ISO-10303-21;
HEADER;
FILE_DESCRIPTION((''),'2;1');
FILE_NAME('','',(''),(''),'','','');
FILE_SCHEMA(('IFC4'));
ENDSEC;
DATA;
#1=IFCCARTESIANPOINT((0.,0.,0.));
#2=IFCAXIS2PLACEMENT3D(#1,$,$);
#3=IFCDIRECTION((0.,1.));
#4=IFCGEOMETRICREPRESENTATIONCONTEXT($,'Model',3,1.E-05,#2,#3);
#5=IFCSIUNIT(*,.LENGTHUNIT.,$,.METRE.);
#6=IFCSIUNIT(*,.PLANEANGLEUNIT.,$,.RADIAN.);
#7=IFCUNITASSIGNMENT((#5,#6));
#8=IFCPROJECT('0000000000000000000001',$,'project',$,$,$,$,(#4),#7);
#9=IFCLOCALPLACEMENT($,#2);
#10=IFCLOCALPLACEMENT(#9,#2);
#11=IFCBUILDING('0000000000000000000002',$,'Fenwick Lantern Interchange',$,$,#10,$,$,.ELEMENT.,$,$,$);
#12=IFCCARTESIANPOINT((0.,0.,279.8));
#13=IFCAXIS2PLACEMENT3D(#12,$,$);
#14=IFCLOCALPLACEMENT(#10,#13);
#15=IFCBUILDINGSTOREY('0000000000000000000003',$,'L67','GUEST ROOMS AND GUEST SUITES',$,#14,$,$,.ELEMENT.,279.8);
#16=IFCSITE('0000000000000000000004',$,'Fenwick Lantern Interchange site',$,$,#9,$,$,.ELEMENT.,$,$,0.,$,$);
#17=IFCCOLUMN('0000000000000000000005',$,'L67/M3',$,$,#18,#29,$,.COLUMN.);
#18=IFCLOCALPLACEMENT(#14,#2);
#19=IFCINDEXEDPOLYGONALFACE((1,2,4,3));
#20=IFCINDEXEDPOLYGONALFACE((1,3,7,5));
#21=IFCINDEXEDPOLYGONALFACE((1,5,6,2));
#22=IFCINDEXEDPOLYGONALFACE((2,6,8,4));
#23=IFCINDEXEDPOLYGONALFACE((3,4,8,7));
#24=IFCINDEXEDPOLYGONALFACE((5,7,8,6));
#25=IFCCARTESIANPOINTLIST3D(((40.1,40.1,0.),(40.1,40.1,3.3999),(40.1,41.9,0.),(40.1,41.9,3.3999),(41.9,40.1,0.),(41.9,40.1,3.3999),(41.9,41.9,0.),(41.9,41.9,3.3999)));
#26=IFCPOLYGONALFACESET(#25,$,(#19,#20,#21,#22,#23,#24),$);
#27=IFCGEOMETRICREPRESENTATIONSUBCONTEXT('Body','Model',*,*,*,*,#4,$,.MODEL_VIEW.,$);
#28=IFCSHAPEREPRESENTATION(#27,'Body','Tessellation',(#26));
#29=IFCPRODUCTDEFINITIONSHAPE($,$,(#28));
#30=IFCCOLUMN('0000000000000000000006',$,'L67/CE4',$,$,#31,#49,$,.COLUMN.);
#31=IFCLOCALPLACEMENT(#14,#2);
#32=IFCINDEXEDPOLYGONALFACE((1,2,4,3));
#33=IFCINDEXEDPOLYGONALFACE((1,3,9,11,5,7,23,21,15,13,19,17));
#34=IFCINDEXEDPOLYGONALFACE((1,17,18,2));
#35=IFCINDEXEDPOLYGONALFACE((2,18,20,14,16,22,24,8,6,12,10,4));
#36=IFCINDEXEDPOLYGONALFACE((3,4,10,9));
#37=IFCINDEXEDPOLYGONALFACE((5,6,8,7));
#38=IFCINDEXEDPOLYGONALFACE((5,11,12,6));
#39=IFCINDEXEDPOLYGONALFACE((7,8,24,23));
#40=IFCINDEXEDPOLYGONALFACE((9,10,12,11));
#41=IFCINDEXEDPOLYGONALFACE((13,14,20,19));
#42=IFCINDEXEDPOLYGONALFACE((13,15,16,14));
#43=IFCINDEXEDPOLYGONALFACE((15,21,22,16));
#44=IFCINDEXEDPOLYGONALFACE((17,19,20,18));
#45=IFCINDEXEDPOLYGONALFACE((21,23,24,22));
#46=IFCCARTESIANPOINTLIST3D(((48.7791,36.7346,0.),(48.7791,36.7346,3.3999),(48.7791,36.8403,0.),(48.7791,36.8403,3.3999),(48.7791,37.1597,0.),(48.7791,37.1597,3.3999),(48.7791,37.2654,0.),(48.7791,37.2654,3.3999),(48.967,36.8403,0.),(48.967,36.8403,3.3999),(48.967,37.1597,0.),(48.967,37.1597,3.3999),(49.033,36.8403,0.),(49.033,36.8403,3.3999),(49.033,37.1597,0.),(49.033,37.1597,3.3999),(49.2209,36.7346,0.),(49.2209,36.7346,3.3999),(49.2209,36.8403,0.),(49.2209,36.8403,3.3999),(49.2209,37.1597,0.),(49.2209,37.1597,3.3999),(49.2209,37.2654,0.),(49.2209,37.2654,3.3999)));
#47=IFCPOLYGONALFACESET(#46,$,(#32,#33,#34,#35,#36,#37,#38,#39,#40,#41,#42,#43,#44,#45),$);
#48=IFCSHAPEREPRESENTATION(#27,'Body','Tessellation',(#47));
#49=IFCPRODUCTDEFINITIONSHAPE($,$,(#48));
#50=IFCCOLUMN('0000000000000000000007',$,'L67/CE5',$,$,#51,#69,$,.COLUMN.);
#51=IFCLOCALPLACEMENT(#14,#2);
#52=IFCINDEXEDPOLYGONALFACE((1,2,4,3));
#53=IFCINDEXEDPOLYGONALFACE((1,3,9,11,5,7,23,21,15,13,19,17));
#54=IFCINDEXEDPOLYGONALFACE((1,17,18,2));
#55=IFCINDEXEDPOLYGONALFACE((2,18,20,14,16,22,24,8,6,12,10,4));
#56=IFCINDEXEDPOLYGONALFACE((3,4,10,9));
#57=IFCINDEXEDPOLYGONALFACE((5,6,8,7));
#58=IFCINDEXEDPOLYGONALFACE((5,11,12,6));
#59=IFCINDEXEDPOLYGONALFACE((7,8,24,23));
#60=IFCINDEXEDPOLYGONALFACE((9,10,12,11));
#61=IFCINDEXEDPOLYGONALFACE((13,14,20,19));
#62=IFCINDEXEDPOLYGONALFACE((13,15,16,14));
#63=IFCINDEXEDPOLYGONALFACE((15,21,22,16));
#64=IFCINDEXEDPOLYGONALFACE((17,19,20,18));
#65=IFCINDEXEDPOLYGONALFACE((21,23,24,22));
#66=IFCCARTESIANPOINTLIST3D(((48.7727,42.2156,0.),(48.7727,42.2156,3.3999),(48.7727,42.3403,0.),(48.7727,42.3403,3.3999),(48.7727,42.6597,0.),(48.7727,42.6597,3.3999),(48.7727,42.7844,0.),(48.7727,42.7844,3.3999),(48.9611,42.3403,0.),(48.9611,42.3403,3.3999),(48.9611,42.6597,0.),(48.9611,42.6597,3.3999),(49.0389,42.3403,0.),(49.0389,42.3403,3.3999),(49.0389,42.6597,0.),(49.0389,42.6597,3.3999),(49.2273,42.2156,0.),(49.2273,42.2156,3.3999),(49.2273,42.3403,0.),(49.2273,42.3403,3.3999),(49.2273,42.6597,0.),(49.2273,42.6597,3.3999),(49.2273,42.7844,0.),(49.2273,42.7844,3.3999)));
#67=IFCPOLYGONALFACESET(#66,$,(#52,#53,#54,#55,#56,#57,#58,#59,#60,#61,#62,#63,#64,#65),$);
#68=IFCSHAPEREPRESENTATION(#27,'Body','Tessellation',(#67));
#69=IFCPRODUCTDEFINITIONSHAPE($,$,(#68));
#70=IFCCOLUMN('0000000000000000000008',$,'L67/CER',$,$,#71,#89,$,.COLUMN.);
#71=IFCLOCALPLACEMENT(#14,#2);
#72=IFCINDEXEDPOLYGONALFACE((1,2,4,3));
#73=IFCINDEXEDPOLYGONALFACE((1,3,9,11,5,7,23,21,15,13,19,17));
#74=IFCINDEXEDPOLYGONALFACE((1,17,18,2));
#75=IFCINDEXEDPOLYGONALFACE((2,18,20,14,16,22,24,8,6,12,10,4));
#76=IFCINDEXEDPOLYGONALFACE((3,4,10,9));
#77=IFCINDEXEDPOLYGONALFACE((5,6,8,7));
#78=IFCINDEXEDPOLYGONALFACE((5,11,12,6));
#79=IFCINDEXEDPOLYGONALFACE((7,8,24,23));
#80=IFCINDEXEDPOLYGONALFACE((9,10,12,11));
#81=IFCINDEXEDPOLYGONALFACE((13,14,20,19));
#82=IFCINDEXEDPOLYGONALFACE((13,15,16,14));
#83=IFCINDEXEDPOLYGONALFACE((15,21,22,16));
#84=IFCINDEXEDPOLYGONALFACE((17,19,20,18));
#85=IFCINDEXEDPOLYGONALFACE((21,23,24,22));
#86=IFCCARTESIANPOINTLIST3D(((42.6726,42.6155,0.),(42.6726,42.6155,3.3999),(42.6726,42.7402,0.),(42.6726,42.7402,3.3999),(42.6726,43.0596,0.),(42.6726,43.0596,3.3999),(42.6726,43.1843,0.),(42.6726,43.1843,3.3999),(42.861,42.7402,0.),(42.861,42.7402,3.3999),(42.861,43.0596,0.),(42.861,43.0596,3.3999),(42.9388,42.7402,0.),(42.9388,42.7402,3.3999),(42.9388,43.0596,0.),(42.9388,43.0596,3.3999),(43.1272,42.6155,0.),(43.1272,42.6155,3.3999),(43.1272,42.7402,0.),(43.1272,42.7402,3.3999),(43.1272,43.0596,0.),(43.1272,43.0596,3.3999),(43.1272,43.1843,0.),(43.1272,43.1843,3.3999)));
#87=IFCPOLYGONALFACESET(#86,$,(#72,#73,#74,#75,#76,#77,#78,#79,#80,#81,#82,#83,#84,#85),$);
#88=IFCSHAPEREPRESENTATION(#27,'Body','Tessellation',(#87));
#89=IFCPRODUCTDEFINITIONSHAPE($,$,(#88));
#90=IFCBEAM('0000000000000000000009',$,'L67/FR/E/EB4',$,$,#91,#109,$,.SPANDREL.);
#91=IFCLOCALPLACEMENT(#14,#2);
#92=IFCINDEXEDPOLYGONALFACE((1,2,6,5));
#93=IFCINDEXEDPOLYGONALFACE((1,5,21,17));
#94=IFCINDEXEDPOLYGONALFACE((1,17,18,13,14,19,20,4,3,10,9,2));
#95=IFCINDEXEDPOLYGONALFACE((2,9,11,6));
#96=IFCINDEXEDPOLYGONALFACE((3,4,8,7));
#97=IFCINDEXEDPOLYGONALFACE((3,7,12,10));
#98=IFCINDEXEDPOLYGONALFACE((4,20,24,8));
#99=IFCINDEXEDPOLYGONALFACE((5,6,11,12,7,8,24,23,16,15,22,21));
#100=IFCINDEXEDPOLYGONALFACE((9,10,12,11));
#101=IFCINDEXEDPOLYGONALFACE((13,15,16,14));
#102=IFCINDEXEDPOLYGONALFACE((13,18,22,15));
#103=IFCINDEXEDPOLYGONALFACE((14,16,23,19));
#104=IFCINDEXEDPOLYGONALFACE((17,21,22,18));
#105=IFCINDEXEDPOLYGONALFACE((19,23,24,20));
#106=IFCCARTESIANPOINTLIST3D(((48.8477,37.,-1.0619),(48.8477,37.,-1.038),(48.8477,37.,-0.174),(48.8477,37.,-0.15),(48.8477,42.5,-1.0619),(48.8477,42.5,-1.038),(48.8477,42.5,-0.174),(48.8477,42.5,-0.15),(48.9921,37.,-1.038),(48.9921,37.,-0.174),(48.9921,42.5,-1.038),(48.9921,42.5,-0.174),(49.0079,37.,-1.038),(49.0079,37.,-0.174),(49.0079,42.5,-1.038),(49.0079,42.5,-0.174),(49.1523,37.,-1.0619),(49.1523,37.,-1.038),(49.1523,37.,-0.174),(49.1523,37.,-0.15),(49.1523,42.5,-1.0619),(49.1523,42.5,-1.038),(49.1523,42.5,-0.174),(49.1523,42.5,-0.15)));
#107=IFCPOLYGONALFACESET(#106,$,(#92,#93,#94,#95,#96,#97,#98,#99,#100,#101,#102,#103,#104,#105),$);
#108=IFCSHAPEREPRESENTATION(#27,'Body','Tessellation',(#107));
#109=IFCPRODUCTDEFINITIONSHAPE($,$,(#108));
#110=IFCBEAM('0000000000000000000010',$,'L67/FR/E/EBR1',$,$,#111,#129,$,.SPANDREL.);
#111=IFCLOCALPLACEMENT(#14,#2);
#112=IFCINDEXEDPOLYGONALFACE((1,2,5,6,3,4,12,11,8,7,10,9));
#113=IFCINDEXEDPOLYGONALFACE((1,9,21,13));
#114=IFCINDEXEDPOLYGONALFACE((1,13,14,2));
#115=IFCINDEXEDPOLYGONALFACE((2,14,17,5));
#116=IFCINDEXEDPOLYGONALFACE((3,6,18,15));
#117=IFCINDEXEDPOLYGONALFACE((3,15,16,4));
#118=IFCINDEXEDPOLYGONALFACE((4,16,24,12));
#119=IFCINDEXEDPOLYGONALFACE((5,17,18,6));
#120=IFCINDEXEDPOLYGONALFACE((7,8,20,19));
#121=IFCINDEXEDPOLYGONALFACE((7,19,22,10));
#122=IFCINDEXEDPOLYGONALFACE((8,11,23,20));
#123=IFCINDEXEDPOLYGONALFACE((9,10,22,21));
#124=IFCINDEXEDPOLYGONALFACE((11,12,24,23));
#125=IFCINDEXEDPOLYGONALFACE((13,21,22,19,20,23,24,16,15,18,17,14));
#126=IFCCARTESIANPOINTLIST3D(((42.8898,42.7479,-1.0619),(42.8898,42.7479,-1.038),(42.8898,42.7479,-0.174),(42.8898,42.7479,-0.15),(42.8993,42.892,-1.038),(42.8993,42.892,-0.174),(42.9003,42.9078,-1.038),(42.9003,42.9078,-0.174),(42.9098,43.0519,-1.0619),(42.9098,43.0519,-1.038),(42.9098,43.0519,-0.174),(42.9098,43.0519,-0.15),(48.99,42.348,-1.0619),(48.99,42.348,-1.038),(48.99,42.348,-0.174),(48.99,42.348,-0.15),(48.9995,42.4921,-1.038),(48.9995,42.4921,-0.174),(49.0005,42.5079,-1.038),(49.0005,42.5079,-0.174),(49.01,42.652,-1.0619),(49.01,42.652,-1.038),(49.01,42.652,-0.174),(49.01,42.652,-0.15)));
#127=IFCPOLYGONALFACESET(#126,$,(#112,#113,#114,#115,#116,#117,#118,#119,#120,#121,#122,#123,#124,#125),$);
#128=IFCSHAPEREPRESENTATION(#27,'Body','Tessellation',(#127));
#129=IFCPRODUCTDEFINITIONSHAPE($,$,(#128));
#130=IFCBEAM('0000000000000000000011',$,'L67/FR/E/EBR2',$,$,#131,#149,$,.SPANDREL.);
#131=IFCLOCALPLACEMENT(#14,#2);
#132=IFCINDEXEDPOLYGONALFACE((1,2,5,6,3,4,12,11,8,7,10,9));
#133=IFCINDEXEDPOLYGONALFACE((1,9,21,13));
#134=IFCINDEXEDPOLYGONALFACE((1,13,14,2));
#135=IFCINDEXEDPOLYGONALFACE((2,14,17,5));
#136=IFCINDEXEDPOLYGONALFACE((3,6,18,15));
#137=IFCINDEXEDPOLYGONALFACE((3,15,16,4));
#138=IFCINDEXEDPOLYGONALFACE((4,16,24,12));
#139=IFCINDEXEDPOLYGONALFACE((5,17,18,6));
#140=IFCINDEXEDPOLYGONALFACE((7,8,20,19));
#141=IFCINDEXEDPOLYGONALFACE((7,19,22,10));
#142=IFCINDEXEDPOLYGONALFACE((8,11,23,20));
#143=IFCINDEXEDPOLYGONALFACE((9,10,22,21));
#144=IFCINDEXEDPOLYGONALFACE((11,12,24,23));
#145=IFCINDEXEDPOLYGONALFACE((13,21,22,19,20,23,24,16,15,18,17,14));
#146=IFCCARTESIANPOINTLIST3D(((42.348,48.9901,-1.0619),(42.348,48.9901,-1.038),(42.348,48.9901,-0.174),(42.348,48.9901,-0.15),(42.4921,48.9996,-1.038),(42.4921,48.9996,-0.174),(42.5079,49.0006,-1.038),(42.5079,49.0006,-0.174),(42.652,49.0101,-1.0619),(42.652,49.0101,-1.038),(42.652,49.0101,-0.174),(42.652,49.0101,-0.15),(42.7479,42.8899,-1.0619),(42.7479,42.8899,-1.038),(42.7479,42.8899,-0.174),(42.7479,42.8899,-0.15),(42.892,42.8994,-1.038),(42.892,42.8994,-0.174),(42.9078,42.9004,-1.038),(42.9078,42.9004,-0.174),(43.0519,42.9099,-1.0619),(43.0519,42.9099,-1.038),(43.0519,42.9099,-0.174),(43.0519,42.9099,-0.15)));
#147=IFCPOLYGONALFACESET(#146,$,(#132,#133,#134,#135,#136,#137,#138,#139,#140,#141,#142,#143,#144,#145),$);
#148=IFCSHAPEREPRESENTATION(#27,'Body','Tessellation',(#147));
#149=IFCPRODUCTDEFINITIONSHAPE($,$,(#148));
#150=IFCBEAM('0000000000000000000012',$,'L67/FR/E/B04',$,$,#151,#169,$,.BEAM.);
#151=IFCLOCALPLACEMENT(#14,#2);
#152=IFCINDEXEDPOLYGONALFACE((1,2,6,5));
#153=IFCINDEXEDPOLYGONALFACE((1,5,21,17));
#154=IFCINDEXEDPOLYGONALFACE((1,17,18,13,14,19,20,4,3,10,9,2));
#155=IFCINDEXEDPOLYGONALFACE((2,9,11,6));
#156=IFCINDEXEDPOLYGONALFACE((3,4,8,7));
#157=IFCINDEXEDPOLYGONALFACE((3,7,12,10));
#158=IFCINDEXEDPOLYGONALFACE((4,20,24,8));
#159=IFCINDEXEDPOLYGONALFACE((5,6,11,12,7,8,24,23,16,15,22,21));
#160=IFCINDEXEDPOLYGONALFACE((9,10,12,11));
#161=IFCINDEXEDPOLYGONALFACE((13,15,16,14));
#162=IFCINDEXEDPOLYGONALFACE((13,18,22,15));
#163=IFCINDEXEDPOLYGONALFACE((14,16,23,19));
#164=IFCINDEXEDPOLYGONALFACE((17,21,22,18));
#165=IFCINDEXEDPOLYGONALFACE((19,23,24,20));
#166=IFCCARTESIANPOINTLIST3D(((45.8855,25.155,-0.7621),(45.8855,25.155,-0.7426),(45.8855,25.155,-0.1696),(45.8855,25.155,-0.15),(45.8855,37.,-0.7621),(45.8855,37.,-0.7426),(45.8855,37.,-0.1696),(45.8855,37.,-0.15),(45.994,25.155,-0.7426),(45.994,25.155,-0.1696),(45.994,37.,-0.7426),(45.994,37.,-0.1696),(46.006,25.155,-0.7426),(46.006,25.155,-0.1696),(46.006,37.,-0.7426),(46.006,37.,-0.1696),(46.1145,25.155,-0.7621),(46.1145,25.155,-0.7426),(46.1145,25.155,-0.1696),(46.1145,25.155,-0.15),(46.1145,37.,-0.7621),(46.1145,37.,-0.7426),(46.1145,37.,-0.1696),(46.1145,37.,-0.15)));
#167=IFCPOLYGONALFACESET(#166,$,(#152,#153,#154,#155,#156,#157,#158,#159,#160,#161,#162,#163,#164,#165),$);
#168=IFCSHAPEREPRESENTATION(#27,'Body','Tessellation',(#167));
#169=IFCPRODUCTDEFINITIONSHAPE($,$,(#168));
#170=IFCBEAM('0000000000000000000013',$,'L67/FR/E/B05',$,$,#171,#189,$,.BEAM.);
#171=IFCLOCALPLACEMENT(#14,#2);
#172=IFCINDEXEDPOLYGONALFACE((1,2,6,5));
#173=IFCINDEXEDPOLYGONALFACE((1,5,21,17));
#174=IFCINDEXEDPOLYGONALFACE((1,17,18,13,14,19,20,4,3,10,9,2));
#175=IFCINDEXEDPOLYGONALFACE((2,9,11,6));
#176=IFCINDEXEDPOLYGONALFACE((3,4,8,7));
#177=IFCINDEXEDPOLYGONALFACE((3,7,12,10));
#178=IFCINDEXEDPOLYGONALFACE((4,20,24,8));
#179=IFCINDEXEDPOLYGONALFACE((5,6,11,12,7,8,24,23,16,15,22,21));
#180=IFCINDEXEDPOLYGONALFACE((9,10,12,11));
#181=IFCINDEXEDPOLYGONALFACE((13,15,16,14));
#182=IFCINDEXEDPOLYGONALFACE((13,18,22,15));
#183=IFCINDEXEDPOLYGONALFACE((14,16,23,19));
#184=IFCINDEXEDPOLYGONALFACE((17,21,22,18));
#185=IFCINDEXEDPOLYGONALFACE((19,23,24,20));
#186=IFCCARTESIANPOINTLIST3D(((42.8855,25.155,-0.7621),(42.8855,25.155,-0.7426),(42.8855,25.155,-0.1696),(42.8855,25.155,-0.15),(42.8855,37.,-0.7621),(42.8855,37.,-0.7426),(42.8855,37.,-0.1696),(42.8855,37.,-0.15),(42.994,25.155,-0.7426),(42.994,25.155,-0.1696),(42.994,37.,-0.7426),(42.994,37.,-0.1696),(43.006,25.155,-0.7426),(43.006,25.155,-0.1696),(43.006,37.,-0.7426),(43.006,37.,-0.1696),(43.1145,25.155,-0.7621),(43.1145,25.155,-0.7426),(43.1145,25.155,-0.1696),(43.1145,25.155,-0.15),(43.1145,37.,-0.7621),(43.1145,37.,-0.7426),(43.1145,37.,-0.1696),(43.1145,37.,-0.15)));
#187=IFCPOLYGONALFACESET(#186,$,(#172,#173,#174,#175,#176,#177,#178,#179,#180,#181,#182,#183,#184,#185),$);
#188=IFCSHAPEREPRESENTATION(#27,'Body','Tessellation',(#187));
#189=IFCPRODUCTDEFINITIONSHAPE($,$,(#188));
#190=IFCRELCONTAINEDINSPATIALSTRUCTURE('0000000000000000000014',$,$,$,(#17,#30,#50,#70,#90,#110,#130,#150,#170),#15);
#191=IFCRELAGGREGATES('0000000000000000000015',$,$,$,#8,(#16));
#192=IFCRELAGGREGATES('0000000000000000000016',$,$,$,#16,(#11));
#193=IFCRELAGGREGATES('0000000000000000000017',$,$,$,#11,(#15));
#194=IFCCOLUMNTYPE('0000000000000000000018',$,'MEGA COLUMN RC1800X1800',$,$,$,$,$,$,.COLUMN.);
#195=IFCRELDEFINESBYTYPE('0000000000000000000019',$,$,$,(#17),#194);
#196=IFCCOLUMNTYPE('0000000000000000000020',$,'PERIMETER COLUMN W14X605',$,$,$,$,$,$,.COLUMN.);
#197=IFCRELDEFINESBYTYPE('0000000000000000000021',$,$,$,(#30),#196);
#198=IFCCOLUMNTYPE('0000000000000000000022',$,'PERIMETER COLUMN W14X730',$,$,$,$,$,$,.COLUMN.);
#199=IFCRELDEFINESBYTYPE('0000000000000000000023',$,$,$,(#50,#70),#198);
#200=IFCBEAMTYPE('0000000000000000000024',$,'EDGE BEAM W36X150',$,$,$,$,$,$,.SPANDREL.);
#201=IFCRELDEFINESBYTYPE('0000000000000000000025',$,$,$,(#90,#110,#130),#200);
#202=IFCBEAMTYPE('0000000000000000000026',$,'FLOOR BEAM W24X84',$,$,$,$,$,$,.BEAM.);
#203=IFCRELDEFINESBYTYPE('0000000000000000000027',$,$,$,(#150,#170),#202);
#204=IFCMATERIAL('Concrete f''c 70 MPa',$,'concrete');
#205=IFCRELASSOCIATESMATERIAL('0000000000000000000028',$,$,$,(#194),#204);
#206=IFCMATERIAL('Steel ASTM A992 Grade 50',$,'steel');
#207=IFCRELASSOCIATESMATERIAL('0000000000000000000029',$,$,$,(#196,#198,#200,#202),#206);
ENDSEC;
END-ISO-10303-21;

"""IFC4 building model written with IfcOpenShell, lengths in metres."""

from ifc_helpers import new_model, si_unit, direction, frame, origin, origin_2d, place, context, subcontext, project, spatial, rectangle, i_section, extrude, material, material_profile, profile_set, type_object, element, save


model = new_model("IFC4")

# Units and contexts
model_context = context("Model", 3, precision=1e-05, world=origin(), true_north=direction((0.0, 1.0)))
body_context = subcontext(model_context, "Body", "Model", "MODEL_VIEW")
ifc_project = project(units=[si_unit("LENGTHUNIT", "METRE"), si_unit("PLANEANGLEUNIT", "RADIAN")], contexts=[model_context])

# Site, building, storey
site_placement = place(None, origin())
site = spatial("IfcSite", under=ifc_project, at=site_placement, Name="Fenwick Lantern Interchange site", CompositionType="ELEMENT", RefElevation=0.0)
building_placement = place(site_placement, origin())
building = spatial("IfcBuilding", under=site, at=building_placement, Name="Fenwick Lantern Interchange", CompositionType="ELEMENT")
storey_placement = place(building_placement, frame((0.0, 0.0, 279.8)))
storey = spatial("IfcBuildingStorey", under=building, at=storey_placement, Name="L67", Description="GUEST ROOMS AND GUEST SUITES", CompositionType="ELEMENT", Elevation=279.8)

# Columns
ifc_material_1 = material(Name="Concrete f'c 70 MPa", Category="concrete")
ifc_material_profile_1 = material_profile(ifc_material_1, rectangle(XDim=1.8, YDim=1.8, at=origin_2d()), Name="RC1800X1800")
ifc_profile_set_1 = profile_set([ifc_material_profile_1], Name="Concrete f'c 70 MPa")
column_type_1 = type_object("IfcColumnType", Name="MEGA COLUMN RC1800X1800", PredefinedType="COLUMN", material=ifc_profile_set_1)
column_1_placement = place(storey_placement, frame((41.0, 41.0, 0.0), z_axis=(0.0, 0.0, 1.0), x_axis=(1.0, 0.0, 0.0)))
element("IfcColumn", 1, at=column_1_placement, inside=storey, type_object=column_type_1, Name="L67/M3", PredefinedType="COLUMN", context=body_context, shape_type="SweptSolid", body=[
    extrude(rectangle(XDim=1.8, YDim=1.8, at=origin_2d()), origin(), (0.0, 0.0, 1.0), 3.3999),
])
ifc_material_2 = material(Name="Steel ASTM A992 Grade 50", Category="steel")
ifc_material_profile_2 = material_profile(ifc_material_2, i_section(OverallWidth=0.4419, OverallDepth=0.5308, WebThickness=0.0659, FlangeThickness=0.1057, at=origin_2d()), Name="W14X605")
ifc_profile_set_2 = profile_set([ifc_material_profile_2], Name="Steel ASTM A992 Grade 50")
column_type_2 = type_object("IfcColumnType", Name="PERIMETER COLUMN W14X605", PredefinedType="COLUMN", material=ifc_profile_set_2)
column_2_placement = place(storey_placement, frame((49.0, 37.0, 0.0), z_axis=(0.0, 0.0, 1.0), x_axis=(1.0, 0.0, 0.0)))
element("IfcColumn", 2, at=column_2_placement, inside=storey, type_object=column_type_2, Name="L67/CE4", PredefinedType="COLUMN", context=body_context, shape_type="SweptSolid", body=[
    extrude(i_section(OverallWidth=0.4419, OverallDepth=0.5308, WebThickness=0.0659, FlangeThickness=0.1057, at=origin_2d()), origin(), (0.0, 0.0, 1.0), 3.3999),
])
ifc_material_profile_3 = material_profile(ifc_material_2, i_section(OverallWidth=0.4546, OverallDepth=0.5688, WebThickness=0.0779, FlangeThickness=0.1248, at=origin_2d()), Name="W14X730")
ifc_profile_set_3 = profile_set([ifc_material_profile_3], Name="Steel ASTM A992 Grade 50")
column_type_3 = type_object("IfcColumnType", Name="PERIMETER COLUMN W14X730", PredefinedType="COLUMN", material=ifc_profile_set_3)
for number, where, z_axis, x_axis, name in (
    (3, (49.0, 42.5, 0.0), (0.0, 0.0, 1.0), (1.0, 0.0, 0.0), "L67/CE5"),
    (4, (42.8999, 42.8999, 0.0), (0.0, 0.0, 1.0), (1.0, 0.0, 0.0), "L67/CER"),
):
    element("IfcColumn", number, at=place(storey_placement, frame(where, z_axis=z_axis, x_axis=x_axis)), inside=storey, type_object=column_type_3, Name=name, PredefinedType="COLUMN", context=body_context, shape_type="SweptSolid", body=[
        extrude(i_section(OverallWidth=0.4546, OverallDepth=0.5688, WebThickness=0.0779, FlangeThickness=0.1248, at=origin_2d()), origin(), (0.0, 0.0, 1.0), 3.3999),
    ])

# Beams
ifc_material_profile_4 = material_profile(ifc_material_2, i_section(OverallWidth=0.3047, OverallDepth=0.9119, WebThickness=0.0159, FlangeThickness=0.0239, at=origin_2d()), Name="W36X150")
ifc_profile_set_4 = profile_set([ifc_material_profile_4], Name="Steel ASTM A992 Grade 50")
beam_type_1 = type_object("IfcBeamType", Name="EDGE BEAM W36X150", PredefinedType="SPANDREL", material=ifc_profile_set_4)
beam_1_placement = place(storey_placement, frame((49.0, 37.0, -0.606), z_axis=(0.0, 1.0, 0.0), x_axis=(-1.0, 0.0, 0.0)))
element("IfcBeam", 5, at=beam_1_placement, inside=storey, type_object=beam_type_1, Name="L67/FR/E/EB4", PredefinedType="SPANDREL", context=body_context, shape_type="SweptSolid", body=[
    extrude(i_section(OverallWidth=0.3047, OverallDepth=0.9119, WebThickness=0.0159, FlangeThickness=0.0239, at=origin_2d()), origin(), (0.0, 0.0, 1.0), 5.5),
])
for number, where, z_axis, x_axis, name in (
    (6, (49.0, 42.5, -0.606), (-0.997858, 0.065416, 0.0), (-0.065416, -0.997858, 0.0), "L67/FR/E/EBR1"),
    (7, (42.8999, 42.8999, -0.606), (-0.065416, 0.997858, 0.0), (-0.997858, -0.065416, 0.0), "L67/FR/E/EBR2"),
):
    element("IfcBeam", number, at=place(storey_placement, frame(where, z_axis=z_axis, x_axis=x_axis)), inside=storey, type_object=beam_type_1, Name=name, PredefinedType="SPANDREL", context=body_context, shape_type="SweptSolid", body=[
        extrude(i_section(OverallWidth=0.3047, OverallDepth=0.9119, WebThickness=0.0159, FlangeThickness=0.0239, at=origin_2d()), origin(), (0.0, 0.0, 1.0), 6.1133),
    ])
ifc_material_profile_5 = material_profile(ifc_material_2, i_section(OverallWidth=0.229, OverallDepth=0.6121, WebThickness=0.012, FlangeThickness=0.0195, at=origin_2d()), Name="W24X84")
ifc_profile_set_5 = profile_set([ifc_material_profile_5], Name="Steel ASTM A992 Grade 50")
beam_type_2 = type_object("IfcBeamType", Name="FLOOR BEAM W24X84", PredefinedType="BEAM", material=ifc_profile_set_5)
for number, where, z_axis, x_axis, name in (
    (8, (46.0, 25.155, -0.4561), (0.0, 1.0, 0.0), (-1.0, 0.0, 0.0), "L67/FR/E/B04"),
    (9, (43.0, 25.155, -0.4561), (0.0, 1.0, 0.0), (-1.0, 0.0, 0.0), "L67/FR/E/B05"),
):
    element("IfcBeam", number, at=place(storey_placement, frame(where, z_axis=z_axis, x_axis=x_axis)), inside=storey, type_object=beam_type_2, Name=name, PredefinedType="BEAM", context=body_context, shape_type="SweptSolid", body=[
        extrude(i_section(OverallWidth=0.229, OverallDepth=0.6121, WebThickness=0.012, FlangeThickness=0.0195, at=origin_2d()), origin(), (0.0, 0.0, 1.0), 11.845),
    ])

save(model, "model.ifc")
